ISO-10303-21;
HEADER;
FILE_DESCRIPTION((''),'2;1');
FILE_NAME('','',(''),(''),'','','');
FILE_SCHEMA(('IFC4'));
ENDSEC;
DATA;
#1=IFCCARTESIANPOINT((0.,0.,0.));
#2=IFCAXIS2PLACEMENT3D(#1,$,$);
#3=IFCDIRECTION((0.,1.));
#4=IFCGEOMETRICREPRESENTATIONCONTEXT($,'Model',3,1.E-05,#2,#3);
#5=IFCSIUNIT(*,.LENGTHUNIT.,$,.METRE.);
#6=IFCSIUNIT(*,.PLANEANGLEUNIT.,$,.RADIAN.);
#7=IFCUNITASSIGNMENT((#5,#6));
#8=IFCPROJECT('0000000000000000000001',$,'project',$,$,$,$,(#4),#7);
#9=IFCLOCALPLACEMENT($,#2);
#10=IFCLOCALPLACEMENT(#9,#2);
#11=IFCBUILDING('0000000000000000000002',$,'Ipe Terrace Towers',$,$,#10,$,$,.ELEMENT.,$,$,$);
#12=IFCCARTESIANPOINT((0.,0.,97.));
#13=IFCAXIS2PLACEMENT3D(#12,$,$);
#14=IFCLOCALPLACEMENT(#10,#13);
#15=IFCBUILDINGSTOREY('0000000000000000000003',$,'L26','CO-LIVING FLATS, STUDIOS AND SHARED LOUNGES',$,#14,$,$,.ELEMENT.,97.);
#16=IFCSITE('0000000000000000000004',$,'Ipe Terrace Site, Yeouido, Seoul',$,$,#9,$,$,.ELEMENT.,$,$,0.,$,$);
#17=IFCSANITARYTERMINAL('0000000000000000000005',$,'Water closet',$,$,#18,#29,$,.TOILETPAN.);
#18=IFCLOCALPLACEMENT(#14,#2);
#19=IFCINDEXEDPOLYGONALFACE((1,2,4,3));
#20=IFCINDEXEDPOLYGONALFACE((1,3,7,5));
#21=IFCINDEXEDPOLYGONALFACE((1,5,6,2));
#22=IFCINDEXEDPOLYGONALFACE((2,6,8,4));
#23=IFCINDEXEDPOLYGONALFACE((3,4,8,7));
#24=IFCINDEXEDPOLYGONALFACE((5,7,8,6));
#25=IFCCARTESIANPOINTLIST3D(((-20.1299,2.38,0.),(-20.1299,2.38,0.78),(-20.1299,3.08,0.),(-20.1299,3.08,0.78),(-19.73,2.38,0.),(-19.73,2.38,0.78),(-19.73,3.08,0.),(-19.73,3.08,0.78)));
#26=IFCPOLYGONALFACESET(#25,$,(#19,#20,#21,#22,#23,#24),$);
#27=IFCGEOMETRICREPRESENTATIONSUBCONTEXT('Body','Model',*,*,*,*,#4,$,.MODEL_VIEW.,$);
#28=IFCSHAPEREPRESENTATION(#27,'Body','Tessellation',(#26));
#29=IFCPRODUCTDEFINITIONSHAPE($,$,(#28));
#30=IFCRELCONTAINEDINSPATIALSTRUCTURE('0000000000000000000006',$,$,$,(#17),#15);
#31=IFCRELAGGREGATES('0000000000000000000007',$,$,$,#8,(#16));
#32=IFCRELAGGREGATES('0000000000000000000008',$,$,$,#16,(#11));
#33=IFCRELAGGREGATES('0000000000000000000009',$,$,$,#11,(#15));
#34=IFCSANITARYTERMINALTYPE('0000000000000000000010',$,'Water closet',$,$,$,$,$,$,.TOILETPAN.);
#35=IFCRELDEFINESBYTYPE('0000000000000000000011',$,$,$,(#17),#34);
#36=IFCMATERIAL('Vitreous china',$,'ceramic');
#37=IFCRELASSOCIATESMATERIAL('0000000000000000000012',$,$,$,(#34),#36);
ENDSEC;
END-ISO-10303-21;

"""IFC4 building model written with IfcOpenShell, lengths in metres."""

from ifc_helpers import new_model, si_unit, direction, frame, origin, origin_2d, place, context, subcontext, project, spatial, rectangle, extrude, material, type_object, element, save


model = new_model("IFC4")

# Units and contexts
model_context = context("Model", 3, precision=1e-05, world=origin(), true_north=direction((0.0, 1.0)))
body_context = subcontext(model_context, "Body", "Model", "MODEL_VIEW")
ifc_project = project(units=[si_unit("LENGTHUNIT", "METRE"), si_unit("PLANEANGLEUNIT", "RADIAN")], contexts=[model_context])

# Site, building, storey
site_placement = place(None, origin())
site = spatial("IfcSite", under=ifc_project, at=site_placement, Name="Ipe Terrace Site, Yeouido, Seoul", CompositionType="ELEMENT", RefElevation=0.0)
building_placement = place(site_placement, origin())
building = spatial("IfcBuilding", under=site, at=building_placement, Name="Ipe Terrace Towers", CompositionType="ELEMENT")
storey_placement = place(building_placement, frame((0.0, 0.0, 97.0)))
storey = spatial("IfcBuildingStorey", under=building, at=storey_placement, Name="L26", Description="CO-LIVING FLATS, STUDIOS AND SHARED LOUNGES", CompositionType="ELEMENT", Elevation=97.0)

# Sanitary terminal
ifc_material_1 = material(Name="Vitreous china", Category="ceramic")
sanitary_terminal_type_1 = type_object("IfcSanitaryTerminalType", Name="Water closet", PredefinedType="TOILETPAN", material=ifc_material_1)
sanitary_terminal_1_placement = place(storey_placement, frame((-19.9299, 2.73, 0.0), z_axis=(0.0, 0.0, 1.0), x_axis=(0.0, -1.0, 0.0)))
element("IfcSanitaryTerminal", 1, at=sanitary_terminal_1_placement, inside=storey, type_object=sanitary_terminal_type_1, Name="Water closet", PredefinedType="TOILETPAN", context=body_context, shape_type="SweptSolid", body=[
    extrude(rectangle(XDim=0.7, YDim=0.3999, at=origin_2d()), origin(), (0.0, 0.0, 1.0), 0.78),
])

save(model, "model.ifc")
